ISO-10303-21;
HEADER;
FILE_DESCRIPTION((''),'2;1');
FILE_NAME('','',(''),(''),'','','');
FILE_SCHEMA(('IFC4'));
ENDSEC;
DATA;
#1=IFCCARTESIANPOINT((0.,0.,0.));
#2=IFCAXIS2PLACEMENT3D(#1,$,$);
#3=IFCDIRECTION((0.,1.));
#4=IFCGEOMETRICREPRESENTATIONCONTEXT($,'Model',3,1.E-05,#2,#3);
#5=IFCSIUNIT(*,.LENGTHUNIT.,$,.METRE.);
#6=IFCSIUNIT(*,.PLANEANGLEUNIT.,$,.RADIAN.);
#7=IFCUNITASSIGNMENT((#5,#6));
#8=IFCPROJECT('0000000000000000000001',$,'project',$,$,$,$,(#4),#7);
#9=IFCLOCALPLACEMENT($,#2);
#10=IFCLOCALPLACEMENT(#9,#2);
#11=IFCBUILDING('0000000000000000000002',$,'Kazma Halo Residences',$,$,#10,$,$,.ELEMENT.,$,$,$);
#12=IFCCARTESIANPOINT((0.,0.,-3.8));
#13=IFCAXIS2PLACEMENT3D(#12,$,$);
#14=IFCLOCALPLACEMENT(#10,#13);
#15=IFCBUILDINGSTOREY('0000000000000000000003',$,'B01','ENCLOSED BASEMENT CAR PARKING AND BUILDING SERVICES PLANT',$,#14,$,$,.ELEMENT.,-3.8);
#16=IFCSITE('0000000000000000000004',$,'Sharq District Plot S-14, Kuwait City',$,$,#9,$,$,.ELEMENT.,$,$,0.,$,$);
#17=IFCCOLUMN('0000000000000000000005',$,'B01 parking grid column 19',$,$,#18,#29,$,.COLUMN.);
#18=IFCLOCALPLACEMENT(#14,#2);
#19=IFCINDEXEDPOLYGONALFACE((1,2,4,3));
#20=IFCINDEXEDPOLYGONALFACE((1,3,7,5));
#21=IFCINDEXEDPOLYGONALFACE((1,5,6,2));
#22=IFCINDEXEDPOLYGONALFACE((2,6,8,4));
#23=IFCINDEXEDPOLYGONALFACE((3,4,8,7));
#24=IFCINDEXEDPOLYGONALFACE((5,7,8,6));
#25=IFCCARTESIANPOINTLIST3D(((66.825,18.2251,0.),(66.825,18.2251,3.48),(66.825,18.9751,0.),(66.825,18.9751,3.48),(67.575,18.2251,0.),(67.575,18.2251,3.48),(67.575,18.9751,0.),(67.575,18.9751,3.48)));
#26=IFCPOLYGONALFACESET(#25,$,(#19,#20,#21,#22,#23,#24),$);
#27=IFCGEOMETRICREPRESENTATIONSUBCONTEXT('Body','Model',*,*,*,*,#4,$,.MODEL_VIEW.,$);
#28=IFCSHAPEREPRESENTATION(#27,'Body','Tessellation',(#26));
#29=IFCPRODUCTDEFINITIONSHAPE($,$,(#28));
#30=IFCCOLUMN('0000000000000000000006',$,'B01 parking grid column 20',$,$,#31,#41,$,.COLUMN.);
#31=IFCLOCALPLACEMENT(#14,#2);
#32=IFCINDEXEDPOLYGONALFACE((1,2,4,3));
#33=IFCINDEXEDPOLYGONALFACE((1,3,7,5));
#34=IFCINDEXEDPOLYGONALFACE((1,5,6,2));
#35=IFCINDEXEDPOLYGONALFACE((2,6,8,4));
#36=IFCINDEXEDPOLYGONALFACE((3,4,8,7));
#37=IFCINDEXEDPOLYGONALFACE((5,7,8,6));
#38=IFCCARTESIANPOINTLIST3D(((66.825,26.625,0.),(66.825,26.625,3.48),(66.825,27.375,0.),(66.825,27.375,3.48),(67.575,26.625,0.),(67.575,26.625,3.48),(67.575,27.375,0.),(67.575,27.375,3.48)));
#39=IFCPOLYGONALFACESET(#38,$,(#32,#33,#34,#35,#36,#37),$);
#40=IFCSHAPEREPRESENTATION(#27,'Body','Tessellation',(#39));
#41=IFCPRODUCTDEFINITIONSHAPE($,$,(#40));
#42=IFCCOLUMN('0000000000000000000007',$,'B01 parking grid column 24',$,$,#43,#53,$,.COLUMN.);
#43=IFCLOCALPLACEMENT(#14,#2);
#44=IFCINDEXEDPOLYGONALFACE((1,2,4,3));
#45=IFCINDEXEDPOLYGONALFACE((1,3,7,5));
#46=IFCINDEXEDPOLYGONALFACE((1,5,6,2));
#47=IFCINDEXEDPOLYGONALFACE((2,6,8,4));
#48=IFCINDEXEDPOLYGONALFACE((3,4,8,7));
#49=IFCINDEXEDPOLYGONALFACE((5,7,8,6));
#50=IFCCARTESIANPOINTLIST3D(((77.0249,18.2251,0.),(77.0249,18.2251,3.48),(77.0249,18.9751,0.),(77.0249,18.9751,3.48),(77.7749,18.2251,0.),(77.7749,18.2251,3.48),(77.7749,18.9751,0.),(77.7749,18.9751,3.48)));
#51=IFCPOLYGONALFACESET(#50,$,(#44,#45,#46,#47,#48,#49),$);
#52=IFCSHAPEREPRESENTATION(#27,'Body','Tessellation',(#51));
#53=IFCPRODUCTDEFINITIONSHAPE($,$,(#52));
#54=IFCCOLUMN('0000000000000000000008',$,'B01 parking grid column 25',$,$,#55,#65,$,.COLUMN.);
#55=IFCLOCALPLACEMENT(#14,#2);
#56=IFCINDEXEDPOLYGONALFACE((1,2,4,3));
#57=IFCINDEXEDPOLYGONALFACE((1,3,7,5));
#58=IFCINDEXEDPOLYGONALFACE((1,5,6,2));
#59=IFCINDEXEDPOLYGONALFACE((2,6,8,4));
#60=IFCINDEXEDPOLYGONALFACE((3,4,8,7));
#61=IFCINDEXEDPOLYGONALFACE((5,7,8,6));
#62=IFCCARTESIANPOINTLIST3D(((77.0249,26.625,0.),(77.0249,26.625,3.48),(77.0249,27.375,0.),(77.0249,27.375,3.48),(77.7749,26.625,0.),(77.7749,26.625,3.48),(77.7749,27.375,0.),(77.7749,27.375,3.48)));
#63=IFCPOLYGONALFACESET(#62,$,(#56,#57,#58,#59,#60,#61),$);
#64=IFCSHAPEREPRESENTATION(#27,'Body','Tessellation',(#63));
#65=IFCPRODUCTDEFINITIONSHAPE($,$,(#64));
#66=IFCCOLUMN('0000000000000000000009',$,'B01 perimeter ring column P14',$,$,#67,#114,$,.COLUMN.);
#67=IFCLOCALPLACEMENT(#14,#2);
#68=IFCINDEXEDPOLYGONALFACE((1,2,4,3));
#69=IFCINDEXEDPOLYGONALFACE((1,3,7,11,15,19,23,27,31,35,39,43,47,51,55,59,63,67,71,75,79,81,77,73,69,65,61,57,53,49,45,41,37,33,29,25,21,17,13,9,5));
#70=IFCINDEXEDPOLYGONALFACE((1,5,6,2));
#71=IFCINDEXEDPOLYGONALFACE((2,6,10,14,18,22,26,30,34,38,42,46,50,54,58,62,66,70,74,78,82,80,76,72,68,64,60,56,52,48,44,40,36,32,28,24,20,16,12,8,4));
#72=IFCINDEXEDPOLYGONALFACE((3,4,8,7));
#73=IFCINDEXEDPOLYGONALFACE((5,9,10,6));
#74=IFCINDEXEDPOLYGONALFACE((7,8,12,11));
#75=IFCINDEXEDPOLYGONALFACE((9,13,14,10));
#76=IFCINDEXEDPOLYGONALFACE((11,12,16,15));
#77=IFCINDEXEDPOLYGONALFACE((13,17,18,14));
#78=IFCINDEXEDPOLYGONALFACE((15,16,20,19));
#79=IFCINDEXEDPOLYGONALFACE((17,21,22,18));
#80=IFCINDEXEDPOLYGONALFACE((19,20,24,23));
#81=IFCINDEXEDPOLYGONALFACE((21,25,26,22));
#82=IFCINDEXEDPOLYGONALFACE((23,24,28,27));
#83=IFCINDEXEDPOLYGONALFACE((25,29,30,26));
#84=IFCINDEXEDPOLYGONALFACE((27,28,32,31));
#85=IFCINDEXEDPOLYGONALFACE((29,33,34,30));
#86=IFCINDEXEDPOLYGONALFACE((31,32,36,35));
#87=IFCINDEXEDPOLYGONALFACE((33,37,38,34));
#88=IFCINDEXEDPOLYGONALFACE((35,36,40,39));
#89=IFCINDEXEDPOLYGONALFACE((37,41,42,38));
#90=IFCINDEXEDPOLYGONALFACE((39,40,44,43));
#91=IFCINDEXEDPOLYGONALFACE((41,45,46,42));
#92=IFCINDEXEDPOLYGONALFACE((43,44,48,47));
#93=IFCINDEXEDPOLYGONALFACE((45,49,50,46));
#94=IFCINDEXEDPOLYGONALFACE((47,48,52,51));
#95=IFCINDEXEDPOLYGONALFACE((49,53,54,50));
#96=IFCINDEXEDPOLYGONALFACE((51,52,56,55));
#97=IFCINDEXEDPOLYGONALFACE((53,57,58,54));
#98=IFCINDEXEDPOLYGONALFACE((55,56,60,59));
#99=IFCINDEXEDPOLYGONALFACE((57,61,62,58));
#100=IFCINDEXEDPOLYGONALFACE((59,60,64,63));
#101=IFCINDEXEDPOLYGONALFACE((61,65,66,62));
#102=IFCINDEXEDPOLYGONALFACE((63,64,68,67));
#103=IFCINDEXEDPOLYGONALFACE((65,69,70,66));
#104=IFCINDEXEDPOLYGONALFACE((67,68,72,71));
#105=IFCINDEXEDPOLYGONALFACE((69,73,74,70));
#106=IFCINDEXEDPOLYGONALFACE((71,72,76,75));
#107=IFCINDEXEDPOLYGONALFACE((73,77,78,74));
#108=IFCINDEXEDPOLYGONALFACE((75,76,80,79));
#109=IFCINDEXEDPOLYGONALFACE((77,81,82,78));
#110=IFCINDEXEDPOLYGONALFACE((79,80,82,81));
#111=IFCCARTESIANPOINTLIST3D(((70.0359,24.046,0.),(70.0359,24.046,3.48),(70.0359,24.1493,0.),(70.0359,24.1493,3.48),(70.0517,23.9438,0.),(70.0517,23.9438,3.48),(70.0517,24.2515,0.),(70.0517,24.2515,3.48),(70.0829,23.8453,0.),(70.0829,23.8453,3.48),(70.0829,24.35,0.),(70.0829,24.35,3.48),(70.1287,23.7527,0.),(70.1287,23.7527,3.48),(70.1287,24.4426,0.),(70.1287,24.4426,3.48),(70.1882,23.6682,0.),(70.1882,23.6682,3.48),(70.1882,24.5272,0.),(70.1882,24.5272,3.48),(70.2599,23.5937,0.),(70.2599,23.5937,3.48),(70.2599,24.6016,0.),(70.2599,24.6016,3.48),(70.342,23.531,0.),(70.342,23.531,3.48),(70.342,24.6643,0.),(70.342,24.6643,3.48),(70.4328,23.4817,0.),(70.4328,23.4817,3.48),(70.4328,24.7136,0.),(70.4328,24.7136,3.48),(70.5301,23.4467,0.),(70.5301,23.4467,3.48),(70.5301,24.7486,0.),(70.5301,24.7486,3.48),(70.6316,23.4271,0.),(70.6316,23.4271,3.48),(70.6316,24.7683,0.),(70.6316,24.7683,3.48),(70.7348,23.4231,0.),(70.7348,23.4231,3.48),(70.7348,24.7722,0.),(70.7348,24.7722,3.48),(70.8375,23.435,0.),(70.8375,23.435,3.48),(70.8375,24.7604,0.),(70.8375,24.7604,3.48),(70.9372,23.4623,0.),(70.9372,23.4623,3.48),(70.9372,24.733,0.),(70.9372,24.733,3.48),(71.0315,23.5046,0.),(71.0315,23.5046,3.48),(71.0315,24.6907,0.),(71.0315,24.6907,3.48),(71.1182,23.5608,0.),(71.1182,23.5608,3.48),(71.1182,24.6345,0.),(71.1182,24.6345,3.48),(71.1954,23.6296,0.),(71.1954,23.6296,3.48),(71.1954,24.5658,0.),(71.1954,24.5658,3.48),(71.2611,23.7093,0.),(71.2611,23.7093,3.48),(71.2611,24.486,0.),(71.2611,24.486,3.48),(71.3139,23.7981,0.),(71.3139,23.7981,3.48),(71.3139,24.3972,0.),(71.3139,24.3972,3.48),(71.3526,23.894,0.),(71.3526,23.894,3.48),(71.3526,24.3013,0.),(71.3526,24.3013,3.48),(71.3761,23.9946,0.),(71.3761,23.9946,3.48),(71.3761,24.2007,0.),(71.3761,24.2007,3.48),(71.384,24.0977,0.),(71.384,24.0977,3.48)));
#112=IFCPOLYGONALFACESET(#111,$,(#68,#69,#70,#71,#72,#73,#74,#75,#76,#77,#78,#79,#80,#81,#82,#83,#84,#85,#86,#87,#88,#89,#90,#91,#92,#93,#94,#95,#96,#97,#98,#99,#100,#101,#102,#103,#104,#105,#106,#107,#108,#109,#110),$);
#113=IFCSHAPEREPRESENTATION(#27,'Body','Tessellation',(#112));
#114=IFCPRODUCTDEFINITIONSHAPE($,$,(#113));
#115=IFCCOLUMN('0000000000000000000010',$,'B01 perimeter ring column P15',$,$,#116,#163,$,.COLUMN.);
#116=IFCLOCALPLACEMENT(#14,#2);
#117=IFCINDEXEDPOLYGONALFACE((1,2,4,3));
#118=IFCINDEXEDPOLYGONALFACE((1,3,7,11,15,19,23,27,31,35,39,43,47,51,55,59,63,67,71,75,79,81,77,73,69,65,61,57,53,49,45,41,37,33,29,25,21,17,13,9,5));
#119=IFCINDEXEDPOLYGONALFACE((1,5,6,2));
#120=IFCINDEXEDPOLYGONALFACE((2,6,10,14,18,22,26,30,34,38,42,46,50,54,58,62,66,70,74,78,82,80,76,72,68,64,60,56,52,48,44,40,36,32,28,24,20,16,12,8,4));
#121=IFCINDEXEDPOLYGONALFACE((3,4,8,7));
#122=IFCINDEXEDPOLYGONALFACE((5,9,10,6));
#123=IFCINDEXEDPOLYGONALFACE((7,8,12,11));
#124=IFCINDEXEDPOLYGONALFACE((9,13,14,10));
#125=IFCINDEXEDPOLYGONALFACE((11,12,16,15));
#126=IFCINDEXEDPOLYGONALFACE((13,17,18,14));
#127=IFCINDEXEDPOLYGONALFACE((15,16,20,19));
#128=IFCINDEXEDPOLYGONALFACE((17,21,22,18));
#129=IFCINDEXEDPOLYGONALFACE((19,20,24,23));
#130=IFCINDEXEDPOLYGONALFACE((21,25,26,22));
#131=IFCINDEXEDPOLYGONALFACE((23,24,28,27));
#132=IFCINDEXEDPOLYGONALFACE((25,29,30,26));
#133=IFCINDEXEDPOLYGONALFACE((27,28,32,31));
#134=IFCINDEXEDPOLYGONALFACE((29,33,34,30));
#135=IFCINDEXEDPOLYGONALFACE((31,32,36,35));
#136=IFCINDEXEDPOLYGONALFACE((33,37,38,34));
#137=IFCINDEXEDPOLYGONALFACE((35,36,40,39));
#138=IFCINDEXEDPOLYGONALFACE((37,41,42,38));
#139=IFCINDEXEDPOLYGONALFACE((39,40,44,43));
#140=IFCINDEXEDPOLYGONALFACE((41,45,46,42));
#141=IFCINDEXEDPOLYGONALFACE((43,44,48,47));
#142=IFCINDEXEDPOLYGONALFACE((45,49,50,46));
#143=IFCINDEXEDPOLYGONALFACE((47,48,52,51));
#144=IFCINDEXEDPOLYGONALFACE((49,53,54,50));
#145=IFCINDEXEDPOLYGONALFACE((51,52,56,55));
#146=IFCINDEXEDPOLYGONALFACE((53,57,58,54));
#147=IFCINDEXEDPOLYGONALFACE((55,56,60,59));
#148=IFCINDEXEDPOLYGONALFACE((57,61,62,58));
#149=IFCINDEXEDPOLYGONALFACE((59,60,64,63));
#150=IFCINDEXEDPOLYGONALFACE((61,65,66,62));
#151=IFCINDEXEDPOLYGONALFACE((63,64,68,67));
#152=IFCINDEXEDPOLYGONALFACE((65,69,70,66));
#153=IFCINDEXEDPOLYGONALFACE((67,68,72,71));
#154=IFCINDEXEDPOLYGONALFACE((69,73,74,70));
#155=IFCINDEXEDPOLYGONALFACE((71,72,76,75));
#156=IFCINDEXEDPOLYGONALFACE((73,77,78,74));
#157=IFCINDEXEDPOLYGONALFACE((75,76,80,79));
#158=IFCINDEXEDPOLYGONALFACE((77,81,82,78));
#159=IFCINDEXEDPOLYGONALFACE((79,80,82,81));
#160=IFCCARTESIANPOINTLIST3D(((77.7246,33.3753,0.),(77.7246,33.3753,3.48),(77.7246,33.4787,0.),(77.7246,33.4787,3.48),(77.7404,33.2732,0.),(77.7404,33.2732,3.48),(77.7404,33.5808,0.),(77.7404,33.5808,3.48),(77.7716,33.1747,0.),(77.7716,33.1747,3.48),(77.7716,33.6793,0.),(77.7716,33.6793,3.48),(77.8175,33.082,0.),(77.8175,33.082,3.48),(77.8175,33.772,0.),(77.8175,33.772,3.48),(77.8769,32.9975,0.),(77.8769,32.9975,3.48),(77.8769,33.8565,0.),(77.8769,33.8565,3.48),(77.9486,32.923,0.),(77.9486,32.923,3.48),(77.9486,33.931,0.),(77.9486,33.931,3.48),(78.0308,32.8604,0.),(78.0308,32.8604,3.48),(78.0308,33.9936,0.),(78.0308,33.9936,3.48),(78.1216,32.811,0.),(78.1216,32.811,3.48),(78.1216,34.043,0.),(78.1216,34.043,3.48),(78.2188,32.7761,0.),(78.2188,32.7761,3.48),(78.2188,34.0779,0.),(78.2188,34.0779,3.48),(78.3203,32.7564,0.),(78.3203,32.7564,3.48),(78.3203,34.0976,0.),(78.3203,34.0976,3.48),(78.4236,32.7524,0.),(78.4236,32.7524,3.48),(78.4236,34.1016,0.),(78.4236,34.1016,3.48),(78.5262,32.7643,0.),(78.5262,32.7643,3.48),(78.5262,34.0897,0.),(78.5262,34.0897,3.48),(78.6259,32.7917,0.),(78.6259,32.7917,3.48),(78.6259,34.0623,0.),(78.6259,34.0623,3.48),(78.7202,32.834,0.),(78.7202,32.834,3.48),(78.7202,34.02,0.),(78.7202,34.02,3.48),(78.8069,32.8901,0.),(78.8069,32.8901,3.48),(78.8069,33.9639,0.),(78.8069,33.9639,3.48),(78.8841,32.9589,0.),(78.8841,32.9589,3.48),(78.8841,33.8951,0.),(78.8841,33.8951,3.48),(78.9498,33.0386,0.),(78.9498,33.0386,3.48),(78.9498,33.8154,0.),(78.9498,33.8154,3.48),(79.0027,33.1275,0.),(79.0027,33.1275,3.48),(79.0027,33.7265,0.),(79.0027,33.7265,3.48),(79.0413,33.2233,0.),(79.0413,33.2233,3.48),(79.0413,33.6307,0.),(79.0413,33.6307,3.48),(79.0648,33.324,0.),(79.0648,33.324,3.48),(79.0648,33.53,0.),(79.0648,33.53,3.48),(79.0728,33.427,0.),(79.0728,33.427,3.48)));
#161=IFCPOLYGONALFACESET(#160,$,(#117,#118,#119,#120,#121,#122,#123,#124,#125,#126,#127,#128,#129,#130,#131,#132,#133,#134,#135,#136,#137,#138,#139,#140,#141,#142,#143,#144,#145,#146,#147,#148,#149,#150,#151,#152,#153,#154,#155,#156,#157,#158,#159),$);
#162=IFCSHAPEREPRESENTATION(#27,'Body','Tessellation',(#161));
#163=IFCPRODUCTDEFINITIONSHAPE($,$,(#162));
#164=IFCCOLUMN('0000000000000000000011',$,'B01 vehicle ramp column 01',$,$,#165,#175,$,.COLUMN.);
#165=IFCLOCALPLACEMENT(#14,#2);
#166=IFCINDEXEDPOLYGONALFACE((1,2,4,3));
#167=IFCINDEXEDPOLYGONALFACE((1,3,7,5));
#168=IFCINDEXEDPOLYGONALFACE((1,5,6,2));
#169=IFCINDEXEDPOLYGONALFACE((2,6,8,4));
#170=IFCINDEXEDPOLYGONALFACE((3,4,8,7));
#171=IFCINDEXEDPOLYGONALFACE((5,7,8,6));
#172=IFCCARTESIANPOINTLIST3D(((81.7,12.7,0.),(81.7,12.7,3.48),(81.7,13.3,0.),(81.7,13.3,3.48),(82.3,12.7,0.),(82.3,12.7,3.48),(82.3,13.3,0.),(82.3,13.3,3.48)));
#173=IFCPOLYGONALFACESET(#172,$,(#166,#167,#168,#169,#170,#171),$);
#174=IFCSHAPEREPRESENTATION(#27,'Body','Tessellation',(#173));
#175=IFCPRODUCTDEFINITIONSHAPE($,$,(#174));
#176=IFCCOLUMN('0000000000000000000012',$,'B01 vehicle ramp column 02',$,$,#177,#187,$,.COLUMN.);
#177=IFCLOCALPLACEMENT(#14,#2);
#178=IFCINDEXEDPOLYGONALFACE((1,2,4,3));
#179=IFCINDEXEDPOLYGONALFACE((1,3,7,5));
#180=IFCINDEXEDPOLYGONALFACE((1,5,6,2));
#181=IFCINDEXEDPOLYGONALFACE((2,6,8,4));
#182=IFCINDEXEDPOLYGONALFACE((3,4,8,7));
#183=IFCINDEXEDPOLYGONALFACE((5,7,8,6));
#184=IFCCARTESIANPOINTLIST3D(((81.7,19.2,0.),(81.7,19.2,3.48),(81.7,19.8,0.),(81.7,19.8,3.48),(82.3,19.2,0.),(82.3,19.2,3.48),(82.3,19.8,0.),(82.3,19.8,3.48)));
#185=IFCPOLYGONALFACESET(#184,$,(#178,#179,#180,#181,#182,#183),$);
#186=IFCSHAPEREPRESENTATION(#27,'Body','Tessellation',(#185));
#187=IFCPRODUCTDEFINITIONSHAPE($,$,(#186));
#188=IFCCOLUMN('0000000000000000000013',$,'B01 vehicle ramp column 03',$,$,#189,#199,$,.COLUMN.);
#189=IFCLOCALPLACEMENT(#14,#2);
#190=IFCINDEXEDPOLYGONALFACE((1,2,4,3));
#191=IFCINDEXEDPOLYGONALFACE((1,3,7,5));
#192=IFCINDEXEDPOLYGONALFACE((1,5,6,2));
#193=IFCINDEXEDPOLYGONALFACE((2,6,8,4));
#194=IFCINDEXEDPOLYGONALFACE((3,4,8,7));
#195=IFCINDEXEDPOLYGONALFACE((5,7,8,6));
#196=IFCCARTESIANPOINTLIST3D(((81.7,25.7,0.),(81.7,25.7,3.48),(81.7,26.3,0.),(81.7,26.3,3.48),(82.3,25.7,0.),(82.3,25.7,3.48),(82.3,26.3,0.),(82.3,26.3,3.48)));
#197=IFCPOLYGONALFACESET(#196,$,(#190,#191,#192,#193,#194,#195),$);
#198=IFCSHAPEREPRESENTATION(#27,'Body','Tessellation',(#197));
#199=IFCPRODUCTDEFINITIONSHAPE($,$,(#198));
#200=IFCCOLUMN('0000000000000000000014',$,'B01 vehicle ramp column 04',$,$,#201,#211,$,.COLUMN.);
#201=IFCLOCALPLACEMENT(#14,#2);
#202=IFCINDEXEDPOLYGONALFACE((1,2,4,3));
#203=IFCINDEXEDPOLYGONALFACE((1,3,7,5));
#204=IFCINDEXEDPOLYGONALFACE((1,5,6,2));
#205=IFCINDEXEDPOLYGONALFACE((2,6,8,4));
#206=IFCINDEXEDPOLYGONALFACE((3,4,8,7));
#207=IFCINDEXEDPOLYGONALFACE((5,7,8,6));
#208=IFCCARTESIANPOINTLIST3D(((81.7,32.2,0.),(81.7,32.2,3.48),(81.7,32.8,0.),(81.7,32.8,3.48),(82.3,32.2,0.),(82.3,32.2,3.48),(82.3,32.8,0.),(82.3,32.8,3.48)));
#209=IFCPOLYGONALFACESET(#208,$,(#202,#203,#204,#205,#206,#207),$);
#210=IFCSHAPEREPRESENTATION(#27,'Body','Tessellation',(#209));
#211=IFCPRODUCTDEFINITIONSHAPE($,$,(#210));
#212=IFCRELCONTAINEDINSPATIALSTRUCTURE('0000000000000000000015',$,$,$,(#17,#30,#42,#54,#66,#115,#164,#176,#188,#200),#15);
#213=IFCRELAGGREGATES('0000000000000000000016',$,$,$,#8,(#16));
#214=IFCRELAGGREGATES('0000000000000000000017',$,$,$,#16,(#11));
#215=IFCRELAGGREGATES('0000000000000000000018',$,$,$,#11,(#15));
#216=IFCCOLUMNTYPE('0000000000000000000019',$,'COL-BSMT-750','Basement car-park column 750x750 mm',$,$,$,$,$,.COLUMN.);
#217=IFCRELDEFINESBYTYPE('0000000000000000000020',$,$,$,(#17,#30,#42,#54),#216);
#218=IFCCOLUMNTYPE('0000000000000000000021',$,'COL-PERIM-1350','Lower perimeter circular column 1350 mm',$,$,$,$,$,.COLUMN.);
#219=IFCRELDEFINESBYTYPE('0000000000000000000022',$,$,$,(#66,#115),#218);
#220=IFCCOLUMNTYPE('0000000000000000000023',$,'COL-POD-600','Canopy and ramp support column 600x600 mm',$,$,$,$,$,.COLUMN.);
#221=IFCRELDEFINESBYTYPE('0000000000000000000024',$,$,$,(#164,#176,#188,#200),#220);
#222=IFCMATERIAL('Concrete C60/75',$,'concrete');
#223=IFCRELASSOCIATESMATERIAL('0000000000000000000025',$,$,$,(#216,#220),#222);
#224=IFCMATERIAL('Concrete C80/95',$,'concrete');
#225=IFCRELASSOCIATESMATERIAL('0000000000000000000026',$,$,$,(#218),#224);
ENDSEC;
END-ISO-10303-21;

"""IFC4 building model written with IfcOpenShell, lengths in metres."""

from ifc_helpers import new_model, si_unit, direction, frame, origin, origin_2d, place, context, subcontext, project, spatial, rectangle, circle, extrude, material, material_profile, profile_set, type_object, element, save


model = new_model("IFC4")

# Units and contexts
model_context = context("Model", 3, precision=1e-05, world=origin(), true_north=direction((0.0, 1.0)))
body_context = subcontext(model_context, "Body", "Model", "MODEL_VIEW")
ifc_project = project(units=[si_unit("LENGTHUNIT", "METRE"), si_unit("PLANEANGLEUNIT", "RADIAN")], contexts=[model_context])

# Site, building, storey
site_placement = place(None, origin())
site = spatial("IfcSite", under=ifc_project, at=site_placement, Name="Sharq District Plot S-14, Kuwait City", CompositionType="ELEMENT", RefElevation=0.0)
building_placement = place(site_placement, origin())
building = spatial("IfcBuilding", under=site, at=building_placement, Name="Kazma Halo Residences", CompositionType="ELEMENT")
storey_placement = place(building_placement, frame((0.0, 0.0, -3.8)))
storey = spatial("IfcBuildingStorey", under=building, at=storey_placement, Name="B01", Description="ENCLOSED BASEMENT CAR PARKING AND BUILDING SERVICES PLANT", CompositionType="ELEMENT", Elevation=-3.8)

# Columns
ifc_material_1 = material(Name="Concrete C60/75", Category="concrete")
ifc_material_profile_1 = material_profile(ifc_material_1, rectangle(XDim=0.75, YDim=0.75, at=origin_2d()), Name="RECT750x750")
ifc_profile_set_1 = profile_set([ifc_material_profile_1], Name="Concrete C60/75")
column_type_1 = type_object("IfcColumnType", Name="COL-BSMT-750", Description="Basement car-park column 750x750 mm", PredefinedType="COLUMN", material=ifc_profile_set_1)
for number, where, z_axis, x_axis, name in (
    (1, (67.2, 18.6001, 0.0), (0.0, 0.0, 1.0), (1.0, 0.0, 0.0), "B01 parking grid column 19"),
    (2, (67.2, 27.0, 0.0), (0.0, 0.0, 1.0), (1.0, 0.0, 0.0), "B01 parking grid column 20"),
    (3, (77.3999, 18.6001, 0.0), (0.0, 0.0, 1.0), (1.0, 0.0, 0.0), "B01 parking grid column 24"),
    (4, (77.3999, 27.0, 0.0), (0.0, 0.0, 1.0), (1.0, 0.0, 0.0), "B01 parking grid column 25"),
):
    element("IfcColumn", number, at=place(storey_placement, frame(where, z_axis=z_axis, x_axis=x_axis)), inside=storey, type_object=column_type_1, Name=name, PredefinedType="COLUMN", context=body_context, shape_type="SweptSolid", body=[
        extrude(rectangle(XDim=0.75, YDim=0.75, at=origin_2d()), origin(), (0.0, 0.0, 1.0), 3.48),
    ])
ifc_material_2 = material(Name="Concrete C80/95", Category="concrete")
ifc_material_profile_2 = material_profile(ifc_material_2, circle(Radius=0.675, at=origin_2d()), Name="CIRC1350")
ifc_profile_set_2 = profile_set([ifc_material_profile_2], Name="Concrete C80/95")
column_type_2 = type_object("IfcColumnType", Name="COL-PERIM-1350", Description="Lower perimeter circular column 1350 mm", PredefinedType="COLUMN", material=ifc_profile_set_2)
for number, where, z_axis, x_axis, name in (
    (5, (70.709, 24.0977, 0.0), (0.0, 0.0, 1.0), (1.0, 0.0, 0.0), "B01 perimeter ring column P14"),
    (6, (78.3977, 33.427, 0.0), (0.0, 0.0, 1.0), (1.0, 0.0, 0.0), "B01 perimeter ring column P15"),
):
    element("IfcColumn", number, at=place(storey_placement, frame(where, z_axis=z_axis, x_axis=x_axis)), inside=storey, type_object=column_type_2, Name=name, PredefinedType="COLUMN", context=body_context, shape_type="SweptSolid", body=[
        extrude(circle(Radius=0.675, at=origin_2d()), origin(), (0.0, 0.0, 1.0), 3.48),
    ])
ifc_material_profile_3 = material_profile(ifc_material_1, rectangle(XDim=0.6001, YDim=0.6001, at=origin_2d()), Name="RECT600x600")
ifc_profile_set_3 = profile_set([ifc_material_profile_3], Name="Concrete C60/75")
column_type_3 = type_object("IfcColumnType", Name="COL-POD-600", Description="Canopy and ramp support column 600x600 mm", PredefinedType="COLUMN", material=ifc_profile_set_3)
for number, where, z_axis, x_axis, name in (
    (7, (82.0, 13.0, 0.0), (0.0, 0.0, 1.0), (1.0, 0.0, 0.0), "B01 vehicle ramp column 01"),
    (8, (82.0, 19.5, 0.0), (0.0, 0.0, 1.0), (1.0, 0.0, 0.0), "B01 vehicle ramp column 02"),
    (9, (82.0, 26.0, 0.0), (0.0, 0.0, 1.0), (1.0, 0.0, 0.0), "B01 vehicle ramp column 03"),
    (10, (82.0, 32.5, 0.0), (0.0, 0.0, 1.0), (1.0, 0.0, 0.0), "B01 vehicle ramp column 04"),
):
    element("IfcColumn", number, at=place(storey_placement, frame(where, z_axis=z_axis, x_axis=x_axis)), inside=storey, type_object=column_type_3, Name=name, PredefinedType="COLUMN", context=body_context, shape_type="SweptSolid", body=[
        extrude(rectangle(XDim=0.6001, YDim=0.6001, at=origin_2d()), origin(), (0.0, 0.0, 1.0), 3.48),
    ])

save(model, "model.ifc")
